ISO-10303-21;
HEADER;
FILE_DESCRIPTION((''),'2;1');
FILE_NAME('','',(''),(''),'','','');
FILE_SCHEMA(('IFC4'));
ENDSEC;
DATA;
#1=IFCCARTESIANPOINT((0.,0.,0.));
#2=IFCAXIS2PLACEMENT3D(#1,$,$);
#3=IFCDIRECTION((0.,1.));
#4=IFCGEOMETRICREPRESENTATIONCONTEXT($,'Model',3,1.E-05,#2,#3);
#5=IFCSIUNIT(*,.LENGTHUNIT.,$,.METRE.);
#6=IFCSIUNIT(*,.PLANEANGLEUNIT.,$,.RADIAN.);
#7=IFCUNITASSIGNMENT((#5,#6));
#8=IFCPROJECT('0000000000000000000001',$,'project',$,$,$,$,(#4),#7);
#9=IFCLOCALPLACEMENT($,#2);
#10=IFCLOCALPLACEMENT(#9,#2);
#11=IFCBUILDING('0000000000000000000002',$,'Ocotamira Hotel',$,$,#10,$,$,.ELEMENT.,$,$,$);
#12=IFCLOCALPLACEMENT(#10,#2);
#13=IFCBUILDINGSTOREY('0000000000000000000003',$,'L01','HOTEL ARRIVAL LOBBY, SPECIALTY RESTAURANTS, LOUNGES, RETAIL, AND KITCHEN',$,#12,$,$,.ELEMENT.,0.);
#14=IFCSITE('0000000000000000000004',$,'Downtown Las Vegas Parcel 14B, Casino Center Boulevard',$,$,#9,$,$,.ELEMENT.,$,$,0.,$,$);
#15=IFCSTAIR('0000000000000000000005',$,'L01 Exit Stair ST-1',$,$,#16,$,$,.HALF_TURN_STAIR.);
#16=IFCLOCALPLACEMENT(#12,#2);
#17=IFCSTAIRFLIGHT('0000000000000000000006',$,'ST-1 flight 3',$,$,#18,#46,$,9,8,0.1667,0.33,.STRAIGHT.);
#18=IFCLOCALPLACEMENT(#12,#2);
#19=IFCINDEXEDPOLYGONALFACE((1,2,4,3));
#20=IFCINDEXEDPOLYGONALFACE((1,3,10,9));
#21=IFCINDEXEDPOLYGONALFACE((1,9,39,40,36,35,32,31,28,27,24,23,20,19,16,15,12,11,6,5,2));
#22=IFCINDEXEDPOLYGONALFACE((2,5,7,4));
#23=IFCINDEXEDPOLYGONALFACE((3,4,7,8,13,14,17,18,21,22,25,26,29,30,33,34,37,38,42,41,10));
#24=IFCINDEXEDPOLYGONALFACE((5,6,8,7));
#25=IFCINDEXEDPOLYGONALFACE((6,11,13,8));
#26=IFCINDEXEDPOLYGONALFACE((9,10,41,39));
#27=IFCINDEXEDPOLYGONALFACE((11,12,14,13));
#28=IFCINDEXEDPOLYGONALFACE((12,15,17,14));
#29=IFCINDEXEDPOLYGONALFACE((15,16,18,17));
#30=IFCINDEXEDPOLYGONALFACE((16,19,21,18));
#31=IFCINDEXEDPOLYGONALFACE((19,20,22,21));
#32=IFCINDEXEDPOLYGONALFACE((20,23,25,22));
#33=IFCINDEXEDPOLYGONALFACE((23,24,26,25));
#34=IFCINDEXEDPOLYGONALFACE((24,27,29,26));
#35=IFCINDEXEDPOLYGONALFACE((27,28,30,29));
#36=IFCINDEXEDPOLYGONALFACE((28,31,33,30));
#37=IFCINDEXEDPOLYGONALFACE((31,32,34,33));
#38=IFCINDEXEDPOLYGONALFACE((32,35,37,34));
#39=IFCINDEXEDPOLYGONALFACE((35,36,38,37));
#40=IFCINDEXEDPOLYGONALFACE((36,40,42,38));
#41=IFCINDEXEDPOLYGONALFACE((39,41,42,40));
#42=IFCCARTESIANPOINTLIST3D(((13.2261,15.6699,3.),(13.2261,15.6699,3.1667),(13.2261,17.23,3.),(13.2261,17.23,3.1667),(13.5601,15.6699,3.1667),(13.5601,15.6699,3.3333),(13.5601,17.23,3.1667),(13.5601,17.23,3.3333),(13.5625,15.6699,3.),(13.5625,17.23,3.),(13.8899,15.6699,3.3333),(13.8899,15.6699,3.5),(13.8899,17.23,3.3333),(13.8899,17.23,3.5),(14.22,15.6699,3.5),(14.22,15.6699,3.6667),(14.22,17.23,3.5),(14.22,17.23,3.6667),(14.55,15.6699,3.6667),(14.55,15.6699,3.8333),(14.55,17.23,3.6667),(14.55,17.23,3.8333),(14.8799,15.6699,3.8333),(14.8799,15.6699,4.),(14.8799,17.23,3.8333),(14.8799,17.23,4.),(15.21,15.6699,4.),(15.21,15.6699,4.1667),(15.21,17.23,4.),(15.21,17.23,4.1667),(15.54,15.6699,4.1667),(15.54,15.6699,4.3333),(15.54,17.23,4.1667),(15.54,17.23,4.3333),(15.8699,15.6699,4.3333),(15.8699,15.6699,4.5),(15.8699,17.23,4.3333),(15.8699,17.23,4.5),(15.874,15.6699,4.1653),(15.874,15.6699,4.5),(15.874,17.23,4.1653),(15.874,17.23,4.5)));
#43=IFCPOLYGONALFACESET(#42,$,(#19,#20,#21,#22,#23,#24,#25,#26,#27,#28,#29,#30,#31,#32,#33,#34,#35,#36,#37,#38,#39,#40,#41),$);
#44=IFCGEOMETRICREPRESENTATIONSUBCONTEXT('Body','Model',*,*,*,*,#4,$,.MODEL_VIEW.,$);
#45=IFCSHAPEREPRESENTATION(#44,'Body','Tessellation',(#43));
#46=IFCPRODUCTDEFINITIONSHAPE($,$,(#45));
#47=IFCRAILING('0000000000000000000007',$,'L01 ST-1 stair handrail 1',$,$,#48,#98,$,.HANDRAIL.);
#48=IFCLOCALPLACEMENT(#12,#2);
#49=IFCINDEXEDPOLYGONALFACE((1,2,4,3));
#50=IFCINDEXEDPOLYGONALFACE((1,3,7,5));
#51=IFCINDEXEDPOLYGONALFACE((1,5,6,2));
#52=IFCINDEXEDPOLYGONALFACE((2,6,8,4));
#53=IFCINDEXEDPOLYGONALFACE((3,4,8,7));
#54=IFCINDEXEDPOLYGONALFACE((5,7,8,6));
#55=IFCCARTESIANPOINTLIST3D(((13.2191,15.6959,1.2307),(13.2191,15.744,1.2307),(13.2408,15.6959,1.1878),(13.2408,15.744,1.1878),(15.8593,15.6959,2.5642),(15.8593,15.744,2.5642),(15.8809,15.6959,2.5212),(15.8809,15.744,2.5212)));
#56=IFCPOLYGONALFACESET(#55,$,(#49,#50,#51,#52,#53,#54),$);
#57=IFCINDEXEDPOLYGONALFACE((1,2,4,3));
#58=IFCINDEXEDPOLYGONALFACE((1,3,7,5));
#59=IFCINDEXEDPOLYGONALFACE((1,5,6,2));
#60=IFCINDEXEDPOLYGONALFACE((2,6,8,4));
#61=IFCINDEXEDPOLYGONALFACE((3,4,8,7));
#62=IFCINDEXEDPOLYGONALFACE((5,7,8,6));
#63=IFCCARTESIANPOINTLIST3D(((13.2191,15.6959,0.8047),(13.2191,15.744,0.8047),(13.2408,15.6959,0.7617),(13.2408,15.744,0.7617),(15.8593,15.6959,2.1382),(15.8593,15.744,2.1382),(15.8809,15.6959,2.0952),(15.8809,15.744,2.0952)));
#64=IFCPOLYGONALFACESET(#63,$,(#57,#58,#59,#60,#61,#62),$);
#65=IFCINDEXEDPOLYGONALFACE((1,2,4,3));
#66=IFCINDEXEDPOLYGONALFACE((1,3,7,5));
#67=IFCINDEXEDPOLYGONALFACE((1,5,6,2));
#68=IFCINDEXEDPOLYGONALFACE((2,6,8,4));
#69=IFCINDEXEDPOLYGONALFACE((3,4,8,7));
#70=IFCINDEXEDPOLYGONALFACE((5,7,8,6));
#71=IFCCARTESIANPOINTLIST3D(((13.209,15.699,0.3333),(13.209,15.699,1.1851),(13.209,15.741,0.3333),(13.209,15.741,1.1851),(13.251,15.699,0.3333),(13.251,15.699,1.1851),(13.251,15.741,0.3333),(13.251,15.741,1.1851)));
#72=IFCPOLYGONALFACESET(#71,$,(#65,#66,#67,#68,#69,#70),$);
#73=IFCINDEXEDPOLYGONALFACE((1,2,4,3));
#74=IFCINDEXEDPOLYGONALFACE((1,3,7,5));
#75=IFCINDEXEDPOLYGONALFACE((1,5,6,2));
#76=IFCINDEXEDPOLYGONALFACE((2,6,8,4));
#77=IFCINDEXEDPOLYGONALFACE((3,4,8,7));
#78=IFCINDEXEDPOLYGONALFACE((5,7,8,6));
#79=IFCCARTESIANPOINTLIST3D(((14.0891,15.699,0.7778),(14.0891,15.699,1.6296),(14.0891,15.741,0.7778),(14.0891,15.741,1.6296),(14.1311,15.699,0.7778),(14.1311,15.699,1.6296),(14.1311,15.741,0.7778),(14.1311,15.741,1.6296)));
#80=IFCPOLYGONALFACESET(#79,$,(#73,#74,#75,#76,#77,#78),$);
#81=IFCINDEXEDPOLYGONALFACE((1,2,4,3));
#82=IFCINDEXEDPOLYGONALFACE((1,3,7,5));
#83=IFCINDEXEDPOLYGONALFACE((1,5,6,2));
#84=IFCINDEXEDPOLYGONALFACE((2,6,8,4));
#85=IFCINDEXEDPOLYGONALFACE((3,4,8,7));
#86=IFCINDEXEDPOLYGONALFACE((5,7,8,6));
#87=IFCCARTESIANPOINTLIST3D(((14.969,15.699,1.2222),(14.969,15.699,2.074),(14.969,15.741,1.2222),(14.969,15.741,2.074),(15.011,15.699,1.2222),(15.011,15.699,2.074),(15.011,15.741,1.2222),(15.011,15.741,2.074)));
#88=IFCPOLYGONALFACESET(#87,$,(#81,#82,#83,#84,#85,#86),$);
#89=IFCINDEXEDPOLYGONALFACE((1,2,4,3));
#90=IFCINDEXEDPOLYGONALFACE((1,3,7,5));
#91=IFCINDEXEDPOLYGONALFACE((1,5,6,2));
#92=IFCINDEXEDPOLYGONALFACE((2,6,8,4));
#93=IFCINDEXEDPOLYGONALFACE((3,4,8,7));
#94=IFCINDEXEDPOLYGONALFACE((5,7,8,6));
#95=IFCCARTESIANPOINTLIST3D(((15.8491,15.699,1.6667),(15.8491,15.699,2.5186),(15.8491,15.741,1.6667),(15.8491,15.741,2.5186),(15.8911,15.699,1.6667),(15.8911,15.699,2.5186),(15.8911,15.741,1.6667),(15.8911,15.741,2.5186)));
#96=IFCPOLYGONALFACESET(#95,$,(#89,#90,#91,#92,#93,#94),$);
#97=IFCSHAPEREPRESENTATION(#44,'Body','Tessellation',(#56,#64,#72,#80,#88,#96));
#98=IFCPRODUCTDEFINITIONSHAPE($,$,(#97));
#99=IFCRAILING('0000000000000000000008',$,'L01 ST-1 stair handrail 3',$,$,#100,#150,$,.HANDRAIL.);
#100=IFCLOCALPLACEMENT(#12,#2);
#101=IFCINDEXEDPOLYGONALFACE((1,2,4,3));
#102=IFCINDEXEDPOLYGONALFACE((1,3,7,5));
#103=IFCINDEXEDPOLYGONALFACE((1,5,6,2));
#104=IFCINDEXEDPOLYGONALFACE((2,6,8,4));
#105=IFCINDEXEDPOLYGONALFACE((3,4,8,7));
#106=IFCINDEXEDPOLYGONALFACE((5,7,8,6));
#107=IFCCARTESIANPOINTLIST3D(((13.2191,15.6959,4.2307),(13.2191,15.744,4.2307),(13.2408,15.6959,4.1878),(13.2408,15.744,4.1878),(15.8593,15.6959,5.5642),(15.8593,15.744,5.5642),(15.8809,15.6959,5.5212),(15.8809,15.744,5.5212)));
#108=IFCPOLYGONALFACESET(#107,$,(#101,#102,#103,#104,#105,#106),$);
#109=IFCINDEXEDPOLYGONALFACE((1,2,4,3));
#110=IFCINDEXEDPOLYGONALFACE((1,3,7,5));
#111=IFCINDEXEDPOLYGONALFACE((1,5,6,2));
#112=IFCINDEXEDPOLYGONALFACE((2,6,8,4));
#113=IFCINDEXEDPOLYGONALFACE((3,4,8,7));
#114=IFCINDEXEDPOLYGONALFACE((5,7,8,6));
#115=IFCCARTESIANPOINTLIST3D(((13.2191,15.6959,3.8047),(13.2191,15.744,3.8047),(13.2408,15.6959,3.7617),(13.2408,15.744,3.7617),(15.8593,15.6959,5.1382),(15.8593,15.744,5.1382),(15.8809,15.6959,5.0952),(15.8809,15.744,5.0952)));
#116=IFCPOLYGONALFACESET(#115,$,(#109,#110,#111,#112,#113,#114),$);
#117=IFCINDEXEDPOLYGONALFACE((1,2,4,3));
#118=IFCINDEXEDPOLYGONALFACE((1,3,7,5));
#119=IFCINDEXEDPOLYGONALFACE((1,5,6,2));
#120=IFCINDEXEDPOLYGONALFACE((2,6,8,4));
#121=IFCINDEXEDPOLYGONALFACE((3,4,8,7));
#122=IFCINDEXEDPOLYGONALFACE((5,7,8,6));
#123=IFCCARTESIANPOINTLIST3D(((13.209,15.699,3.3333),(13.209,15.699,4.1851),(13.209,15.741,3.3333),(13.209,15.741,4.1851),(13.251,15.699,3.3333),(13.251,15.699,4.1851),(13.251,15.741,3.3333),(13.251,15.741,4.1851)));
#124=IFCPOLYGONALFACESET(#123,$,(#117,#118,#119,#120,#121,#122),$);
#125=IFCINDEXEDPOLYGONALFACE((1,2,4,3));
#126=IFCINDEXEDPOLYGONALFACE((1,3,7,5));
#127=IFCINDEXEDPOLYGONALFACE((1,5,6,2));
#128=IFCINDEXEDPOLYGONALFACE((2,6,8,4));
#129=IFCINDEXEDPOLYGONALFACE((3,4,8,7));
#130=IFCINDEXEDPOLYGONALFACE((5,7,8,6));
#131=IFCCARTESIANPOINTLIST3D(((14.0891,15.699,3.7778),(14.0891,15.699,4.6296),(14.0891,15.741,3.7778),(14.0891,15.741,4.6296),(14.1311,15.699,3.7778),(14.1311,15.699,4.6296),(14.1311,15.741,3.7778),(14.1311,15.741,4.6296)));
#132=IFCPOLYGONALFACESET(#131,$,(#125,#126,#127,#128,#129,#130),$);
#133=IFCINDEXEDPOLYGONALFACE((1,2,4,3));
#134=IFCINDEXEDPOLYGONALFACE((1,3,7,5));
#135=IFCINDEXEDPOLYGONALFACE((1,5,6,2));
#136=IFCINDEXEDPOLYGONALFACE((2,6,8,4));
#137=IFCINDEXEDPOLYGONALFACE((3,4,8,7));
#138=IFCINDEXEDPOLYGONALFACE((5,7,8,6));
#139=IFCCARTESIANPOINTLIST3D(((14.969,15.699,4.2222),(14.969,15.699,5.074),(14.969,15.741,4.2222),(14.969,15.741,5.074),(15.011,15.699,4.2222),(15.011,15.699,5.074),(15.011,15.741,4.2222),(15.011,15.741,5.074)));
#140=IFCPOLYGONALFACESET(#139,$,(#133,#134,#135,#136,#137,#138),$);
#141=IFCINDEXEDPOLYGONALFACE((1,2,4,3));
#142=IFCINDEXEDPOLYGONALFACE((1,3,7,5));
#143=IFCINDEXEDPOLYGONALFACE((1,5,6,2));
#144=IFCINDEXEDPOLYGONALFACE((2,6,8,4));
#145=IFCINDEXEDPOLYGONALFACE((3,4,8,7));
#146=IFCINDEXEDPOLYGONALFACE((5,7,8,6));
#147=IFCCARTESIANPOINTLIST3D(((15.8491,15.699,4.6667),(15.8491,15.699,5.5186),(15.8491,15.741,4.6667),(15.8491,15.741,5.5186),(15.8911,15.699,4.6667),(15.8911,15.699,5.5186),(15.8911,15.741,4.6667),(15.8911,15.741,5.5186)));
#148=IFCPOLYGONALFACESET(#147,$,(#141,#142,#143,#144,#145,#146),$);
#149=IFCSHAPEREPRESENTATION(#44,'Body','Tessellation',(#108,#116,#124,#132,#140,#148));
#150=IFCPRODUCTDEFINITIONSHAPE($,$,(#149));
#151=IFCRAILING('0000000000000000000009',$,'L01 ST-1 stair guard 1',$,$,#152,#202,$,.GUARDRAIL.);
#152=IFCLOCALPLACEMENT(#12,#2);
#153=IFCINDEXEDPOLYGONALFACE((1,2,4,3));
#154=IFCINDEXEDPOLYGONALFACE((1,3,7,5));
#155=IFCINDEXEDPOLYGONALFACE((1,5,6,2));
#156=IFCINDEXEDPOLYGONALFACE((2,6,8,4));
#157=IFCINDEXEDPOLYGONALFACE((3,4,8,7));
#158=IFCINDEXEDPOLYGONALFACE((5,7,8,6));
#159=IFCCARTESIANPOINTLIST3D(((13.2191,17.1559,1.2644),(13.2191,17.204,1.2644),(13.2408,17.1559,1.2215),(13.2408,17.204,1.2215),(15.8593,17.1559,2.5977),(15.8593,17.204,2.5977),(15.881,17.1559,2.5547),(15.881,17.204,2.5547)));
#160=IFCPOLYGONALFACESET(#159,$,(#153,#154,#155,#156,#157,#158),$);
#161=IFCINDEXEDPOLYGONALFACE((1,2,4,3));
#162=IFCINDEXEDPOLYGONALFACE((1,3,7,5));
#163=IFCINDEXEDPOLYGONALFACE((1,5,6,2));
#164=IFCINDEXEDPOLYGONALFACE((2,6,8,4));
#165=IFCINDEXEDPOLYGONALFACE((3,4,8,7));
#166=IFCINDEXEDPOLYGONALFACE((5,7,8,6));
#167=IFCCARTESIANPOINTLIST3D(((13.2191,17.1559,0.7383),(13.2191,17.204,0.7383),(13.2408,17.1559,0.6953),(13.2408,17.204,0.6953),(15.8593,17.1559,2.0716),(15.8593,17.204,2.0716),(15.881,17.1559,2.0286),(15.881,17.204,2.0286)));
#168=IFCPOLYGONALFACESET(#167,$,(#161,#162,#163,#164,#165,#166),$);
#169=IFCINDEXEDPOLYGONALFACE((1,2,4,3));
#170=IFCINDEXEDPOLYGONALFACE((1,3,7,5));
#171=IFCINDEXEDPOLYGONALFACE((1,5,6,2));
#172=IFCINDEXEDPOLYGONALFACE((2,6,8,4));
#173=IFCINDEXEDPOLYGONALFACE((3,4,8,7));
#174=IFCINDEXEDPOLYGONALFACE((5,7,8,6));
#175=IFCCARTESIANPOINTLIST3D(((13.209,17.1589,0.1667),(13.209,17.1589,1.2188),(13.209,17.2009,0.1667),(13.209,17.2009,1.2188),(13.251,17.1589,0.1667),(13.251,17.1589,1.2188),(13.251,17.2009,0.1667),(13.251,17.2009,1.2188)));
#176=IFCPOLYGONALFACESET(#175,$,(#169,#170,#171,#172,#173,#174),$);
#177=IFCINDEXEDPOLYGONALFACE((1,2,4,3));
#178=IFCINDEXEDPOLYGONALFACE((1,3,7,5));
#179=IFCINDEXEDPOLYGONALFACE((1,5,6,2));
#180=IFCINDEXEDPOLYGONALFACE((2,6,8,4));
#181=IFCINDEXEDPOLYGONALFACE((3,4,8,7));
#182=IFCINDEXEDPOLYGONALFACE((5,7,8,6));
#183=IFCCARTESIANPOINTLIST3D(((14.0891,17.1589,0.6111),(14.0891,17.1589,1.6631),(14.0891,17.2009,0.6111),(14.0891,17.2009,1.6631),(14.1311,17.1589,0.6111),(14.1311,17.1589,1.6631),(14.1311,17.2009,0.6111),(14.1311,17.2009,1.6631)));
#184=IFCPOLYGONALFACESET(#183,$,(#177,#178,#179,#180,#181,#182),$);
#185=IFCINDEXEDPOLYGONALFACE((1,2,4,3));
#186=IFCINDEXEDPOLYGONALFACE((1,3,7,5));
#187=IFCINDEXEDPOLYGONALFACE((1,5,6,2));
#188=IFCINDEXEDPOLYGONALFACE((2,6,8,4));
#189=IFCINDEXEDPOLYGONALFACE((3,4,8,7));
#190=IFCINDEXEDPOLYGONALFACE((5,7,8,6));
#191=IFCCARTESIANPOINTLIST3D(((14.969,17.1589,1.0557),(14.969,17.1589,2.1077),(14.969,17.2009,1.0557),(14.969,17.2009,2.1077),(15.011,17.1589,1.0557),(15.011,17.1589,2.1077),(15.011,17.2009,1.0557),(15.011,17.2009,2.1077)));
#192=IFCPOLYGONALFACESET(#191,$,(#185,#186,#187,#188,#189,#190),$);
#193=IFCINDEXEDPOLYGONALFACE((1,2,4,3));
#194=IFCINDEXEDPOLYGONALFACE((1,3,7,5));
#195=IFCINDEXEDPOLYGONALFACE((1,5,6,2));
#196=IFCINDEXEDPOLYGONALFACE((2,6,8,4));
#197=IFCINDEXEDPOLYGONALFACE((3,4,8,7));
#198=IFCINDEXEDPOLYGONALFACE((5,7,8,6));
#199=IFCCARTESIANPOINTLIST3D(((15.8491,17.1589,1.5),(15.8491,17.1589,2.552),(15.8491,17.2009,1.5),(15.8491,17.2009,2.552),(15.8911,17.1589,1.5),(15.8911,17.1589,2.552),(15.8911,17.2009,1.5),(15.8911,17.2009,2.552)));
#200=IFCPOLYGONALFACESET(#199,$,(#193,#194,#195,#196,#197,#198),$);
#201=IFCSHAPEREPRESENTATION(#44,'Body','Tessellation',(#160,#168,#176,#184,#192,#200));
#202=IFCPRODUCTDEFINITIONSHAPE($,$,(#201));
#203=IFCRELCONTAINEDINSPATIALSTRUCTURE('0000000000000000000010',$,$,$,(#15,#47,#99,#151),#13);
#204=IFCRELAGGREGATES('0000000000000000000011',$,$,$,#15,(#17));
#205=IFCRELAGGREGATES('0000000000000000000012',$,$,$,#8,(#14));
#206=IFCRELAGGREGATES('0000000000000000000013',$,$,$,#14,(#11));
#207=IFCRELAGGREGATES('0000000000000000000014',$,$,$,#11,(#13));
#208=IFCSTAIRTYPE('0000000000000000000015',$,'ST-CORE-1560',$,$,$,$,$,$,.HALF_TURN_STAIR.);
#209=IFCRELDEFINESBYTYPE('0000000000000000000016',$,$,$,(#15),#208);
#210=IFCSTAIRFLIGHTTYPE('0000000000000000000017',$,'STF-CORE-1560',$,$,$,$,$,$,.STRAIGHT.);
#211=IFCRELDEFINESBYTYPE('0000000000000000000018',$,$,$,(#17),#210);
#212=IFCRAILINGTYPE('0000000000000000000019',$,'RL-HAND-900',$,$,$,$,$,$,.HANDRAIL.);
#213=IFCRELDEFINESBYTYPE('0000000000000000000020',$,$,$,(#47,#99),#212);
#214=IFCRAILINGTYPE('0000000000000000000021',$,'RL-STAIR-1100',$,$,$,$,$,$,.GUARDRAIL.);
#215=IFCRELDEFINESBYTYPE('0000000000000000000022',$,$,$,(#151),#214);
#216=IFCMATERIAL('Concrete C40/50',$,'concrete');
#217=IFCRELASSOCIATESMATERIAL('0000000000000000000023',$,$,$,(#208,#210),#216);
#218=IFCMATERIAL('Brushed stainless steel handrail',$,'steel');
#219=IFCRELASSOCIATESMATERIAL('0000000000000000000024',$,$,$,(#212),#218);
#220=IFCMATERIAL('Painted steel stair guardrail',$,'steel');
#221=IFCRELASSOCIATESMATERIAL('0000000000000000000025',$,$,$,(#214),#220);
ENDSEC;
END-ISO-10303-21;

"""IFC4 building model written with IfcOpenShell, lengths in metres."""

from ifc_helpers import new_model, si_unit, direction, frame, origin, origin_2d, place, context, subcontext, project, spatial, polyline, rectangle, outline, extrude, source, transform, mapped, material, type_object, element, aggregate, save


model = new_model("IFC4")

# Units and contexts
model_context = context("Model", 3, precision=1e-05, world=origin(), true_north=direction((0.0, 1.0)))
body_context = subcontext(model_context, "Body", "Model", "MODEL_VIEW")
ifc_project = project(units=[si_unit("LENGTHUNIT", "METRE"), si_unit("PLANEANGLEUNIT", "RADIAN")], contexts=[model_context])

# Site, building, storey
site_placement = place(None, origin())
site = spatial("IfcSite", under=ifc_project, at=site_placement, Name="Downtown Las Vegas Parcel 14B, Casino Center Boulevard", CompositionType="ELEMENT", RefElevation=0.0)
building_placement = place(site_placement, origin())
building = spatial("IfcBuilding", under=site, at=building_placement, Name="Ocotamira Hotel", CompositionType="ELEMENT")
storey_placement = place(building_placement, origin())
storey = spatial("IfcBuildingStorey", under=building, at=storey_placement, Name="L01", Description="HOTEL ARRIVAL LOBBY, SPECIALTY RESTAURANTS, LOUNGES, RETAIL, AND KITCHEN", CompositionType="ELEMENT", Elevation=0.0)

# Stair, stair flight
ifc_material_1 = material(Name="Concrete C40/50", Category="concrete")
stair_type = type_object("IfcStairType", Name="ST-CORE-1560", PredefinedType="HALF_TURN_STAIR", material=ifc_material_1)
stair_placement = place(storey_placement, origin())
stair = element("IfcStair", 1, at=stair_placement, inside=storey, type_object=stair_type, Name="L01 Exit Stair ST-1", PredefinedType="HALF_TURN_STAIR")
stair_flight_type = type_object("IfcStairFlightType", Name="STF-CORE-1560", PredefinedType="STRAIGHT", material=ifc_material_1)
shared_shape_1 = source(origin(), body_context, "Body", "SweptSolid", [
    extrude(outline(polyline([(-0.0039, 0.0), (-0.0039, 0.1667), (0.3301, 0.1667), (0.3301, 0.3333), (0.6599, 0.3333), (0.6599, 0.5), (0.99, 0.5), (0.99, 0.6667), (1.3201, 0.6667), (1.3201, 0.8333), (1.6499, 0.8333), (1.6499, 1.0), (1.98, 1.0), (1.98, 1.1667), (2.3101, 1.1667), (2.3101, 1.3333), (2.6399, 1.3333), (2.6399, 1.5), (2.644, 1.5), (2.644, 1.1653), (0.3325, 0.0), (-0.0039, 0.0)])), frame((0.0, 0.78, 0.0), z_axis=(0.0, -1.0, 0.0), x_axis=(1.0, 0.0, 0.0)), (0.0, 0.0, 1.0), 1.5601),
])
stair_flight_1_placement = place(storey_placement, frame((13.23, 16.45, 3.0), z_axis=(0.0, 0.0, 1.0), x_axis=(1.0, 0.0, 0.0)))
stair_flight_1 = element("IfcStairFlight", 2, at=stair_flight_1_placement, type_object=stair_flight_type, Name="ST-1 flight 3", NumberOfRisers=9, NumberOfTreads=8, PredefinedType="STRAIGHT", RiserHeight=0.1667, TreadLength=0.33, context=body_context, shape_type="MappedRepresentation", body=[
    mapped(shared_shape_1, transform((0.0, 0.0, 0.0), scale=1.0)),
])
aggregate(stair, [stair_flight_1])

# Railings
ifc_material_2 = material(Name="Brushed stainless steel handrail", Category="steel")
railing_type_1 = type_object("IfcRailingType", Name="RL-HAND-900", PredefinedType="HANDRAIL", material=ifc_material_2)
for number, where, name in (
    (3, (13.23, 15.72, 0.3333), "L01 ST-1 stair handrail 1"),
    (4, (13.23, 15.72, 3.3333), "L01 ST-1 stair handrail 3"),
):
    element("IfcRailing", number, at=place(storey_placement, frame(where)), inside=storey, type_object=railing_type_1, Name=name, PredefinedType="HANDRAIL", context=body_context, shape_type="SweptSolid", body=[
        extrude(rectangle(XDim=0.0481, YDim=0.0481, at=origin_2d()), frame((0.0, 0.0, 0.876), z_axis=(0.892604, 0.0, 0.450842), x_axis=(0.0, 1.0, 0.0)), (0.0, 0.0, 1.0), 2.9578),
        extrude(rectangle(XDim=0.0481, YDim=0.0481, at=origin_2d()), frame((0.0, 0.0, 0.45), z_axis=(0.892604, 0.0, 0.450842), x_axis=(0.0, 1.0, 0.0)), (0.0, 0.0, 1.0), 2.9578),
        extrude(rectangle(XDim=0.042, YDim=0.042, at=origin_2d()), origin(), (0.0, 0.0, 1.0), 0.8518),
        extrude(rectangle(XDim=0.042, YDim=0.042, at=origin_2d()), frame((0.8801, 0.0, 0.4446)), (0.0, 0.0, 1.0), 0.8518),
        extrude(rectangle(XDim=0.042, YDim=0.042, at=origin_2d()), frame((1.76, 0.0, 0.8889)), (0.0, 0.0, 1.0), 0.8518),
        extrude(rectangle(XDim=0.042, YDim=0.042, at=origin_2d()), frame((2.6401, 0.0, 1.3335)), (0.0, 0.0, 1.0), 0.8518),
    ])
ifc_material_3 = material(Name="Painted steel stair guardrail", Category="steel")
railing_type_2 = type_object("IfcRailingType", Name="RL-STAIR-1100", PredefinedType="GUARDRAIL", material=ifc_material_3)
railing_1_placement = place(storey_placement, frame((13.23, 17.1799, 0.1667)))
element("IfcRailing", 5, at=railing_1_placement, inside=storey, type_object=railing_type_2, Name="L01 ST-1 stair guard 1", PredefinedType="GUARDRAIL", context=body_context, shape_type="SweptSolid", body=[
    extrude(rectangle(XDim=0.0481, YDim=0.0481, at=origin_2d()), frame((0.0, 0.0, 1.0762), z_axis=(0.892637, 0.0, 0.450776), x_axis=(0.0, 1.0, 0.0)), (0.0, 0.0, 1.0), 2.9578),
    extrude(rectangle(XDim=0.0481, YDim=0.0481, at=origin_2d()), frame((0.0, 0.0, 0.55), z_axis=(0.892637, 0.0, 0.450776), x_axis=(0.0, 1.0, 0.0)), (0.0, 0.0, 1.0), 2.9578),
    extrude(rectangle(XDim=0.042, YDim=0.042, at=origin_2d()), origin(), (0.0, 0.0, 1.0), 1.052),
    extrude(rectangle(XDim=0.042, YDim=0.042, at=origin_2d()), frame((0.8801, 0.0, 0.4443)), (0.0, 0.0, 1.0), 1.052),
    extrude(rectangle(XDim=0.042, YDim=0.042, at=origin_2d()), frame((1.76, 0.0, 0.8889)), (0.0, 0.0, 1.0), 1.052),
    extrude(rectangle(XDim=0.042, YDim=0.042, at=origin_2d()), frame((2.6401, 0.0, 1.3333)), (0.0, 0.0, 1.0), 1.052),
])

save(model, "model.ifc")
